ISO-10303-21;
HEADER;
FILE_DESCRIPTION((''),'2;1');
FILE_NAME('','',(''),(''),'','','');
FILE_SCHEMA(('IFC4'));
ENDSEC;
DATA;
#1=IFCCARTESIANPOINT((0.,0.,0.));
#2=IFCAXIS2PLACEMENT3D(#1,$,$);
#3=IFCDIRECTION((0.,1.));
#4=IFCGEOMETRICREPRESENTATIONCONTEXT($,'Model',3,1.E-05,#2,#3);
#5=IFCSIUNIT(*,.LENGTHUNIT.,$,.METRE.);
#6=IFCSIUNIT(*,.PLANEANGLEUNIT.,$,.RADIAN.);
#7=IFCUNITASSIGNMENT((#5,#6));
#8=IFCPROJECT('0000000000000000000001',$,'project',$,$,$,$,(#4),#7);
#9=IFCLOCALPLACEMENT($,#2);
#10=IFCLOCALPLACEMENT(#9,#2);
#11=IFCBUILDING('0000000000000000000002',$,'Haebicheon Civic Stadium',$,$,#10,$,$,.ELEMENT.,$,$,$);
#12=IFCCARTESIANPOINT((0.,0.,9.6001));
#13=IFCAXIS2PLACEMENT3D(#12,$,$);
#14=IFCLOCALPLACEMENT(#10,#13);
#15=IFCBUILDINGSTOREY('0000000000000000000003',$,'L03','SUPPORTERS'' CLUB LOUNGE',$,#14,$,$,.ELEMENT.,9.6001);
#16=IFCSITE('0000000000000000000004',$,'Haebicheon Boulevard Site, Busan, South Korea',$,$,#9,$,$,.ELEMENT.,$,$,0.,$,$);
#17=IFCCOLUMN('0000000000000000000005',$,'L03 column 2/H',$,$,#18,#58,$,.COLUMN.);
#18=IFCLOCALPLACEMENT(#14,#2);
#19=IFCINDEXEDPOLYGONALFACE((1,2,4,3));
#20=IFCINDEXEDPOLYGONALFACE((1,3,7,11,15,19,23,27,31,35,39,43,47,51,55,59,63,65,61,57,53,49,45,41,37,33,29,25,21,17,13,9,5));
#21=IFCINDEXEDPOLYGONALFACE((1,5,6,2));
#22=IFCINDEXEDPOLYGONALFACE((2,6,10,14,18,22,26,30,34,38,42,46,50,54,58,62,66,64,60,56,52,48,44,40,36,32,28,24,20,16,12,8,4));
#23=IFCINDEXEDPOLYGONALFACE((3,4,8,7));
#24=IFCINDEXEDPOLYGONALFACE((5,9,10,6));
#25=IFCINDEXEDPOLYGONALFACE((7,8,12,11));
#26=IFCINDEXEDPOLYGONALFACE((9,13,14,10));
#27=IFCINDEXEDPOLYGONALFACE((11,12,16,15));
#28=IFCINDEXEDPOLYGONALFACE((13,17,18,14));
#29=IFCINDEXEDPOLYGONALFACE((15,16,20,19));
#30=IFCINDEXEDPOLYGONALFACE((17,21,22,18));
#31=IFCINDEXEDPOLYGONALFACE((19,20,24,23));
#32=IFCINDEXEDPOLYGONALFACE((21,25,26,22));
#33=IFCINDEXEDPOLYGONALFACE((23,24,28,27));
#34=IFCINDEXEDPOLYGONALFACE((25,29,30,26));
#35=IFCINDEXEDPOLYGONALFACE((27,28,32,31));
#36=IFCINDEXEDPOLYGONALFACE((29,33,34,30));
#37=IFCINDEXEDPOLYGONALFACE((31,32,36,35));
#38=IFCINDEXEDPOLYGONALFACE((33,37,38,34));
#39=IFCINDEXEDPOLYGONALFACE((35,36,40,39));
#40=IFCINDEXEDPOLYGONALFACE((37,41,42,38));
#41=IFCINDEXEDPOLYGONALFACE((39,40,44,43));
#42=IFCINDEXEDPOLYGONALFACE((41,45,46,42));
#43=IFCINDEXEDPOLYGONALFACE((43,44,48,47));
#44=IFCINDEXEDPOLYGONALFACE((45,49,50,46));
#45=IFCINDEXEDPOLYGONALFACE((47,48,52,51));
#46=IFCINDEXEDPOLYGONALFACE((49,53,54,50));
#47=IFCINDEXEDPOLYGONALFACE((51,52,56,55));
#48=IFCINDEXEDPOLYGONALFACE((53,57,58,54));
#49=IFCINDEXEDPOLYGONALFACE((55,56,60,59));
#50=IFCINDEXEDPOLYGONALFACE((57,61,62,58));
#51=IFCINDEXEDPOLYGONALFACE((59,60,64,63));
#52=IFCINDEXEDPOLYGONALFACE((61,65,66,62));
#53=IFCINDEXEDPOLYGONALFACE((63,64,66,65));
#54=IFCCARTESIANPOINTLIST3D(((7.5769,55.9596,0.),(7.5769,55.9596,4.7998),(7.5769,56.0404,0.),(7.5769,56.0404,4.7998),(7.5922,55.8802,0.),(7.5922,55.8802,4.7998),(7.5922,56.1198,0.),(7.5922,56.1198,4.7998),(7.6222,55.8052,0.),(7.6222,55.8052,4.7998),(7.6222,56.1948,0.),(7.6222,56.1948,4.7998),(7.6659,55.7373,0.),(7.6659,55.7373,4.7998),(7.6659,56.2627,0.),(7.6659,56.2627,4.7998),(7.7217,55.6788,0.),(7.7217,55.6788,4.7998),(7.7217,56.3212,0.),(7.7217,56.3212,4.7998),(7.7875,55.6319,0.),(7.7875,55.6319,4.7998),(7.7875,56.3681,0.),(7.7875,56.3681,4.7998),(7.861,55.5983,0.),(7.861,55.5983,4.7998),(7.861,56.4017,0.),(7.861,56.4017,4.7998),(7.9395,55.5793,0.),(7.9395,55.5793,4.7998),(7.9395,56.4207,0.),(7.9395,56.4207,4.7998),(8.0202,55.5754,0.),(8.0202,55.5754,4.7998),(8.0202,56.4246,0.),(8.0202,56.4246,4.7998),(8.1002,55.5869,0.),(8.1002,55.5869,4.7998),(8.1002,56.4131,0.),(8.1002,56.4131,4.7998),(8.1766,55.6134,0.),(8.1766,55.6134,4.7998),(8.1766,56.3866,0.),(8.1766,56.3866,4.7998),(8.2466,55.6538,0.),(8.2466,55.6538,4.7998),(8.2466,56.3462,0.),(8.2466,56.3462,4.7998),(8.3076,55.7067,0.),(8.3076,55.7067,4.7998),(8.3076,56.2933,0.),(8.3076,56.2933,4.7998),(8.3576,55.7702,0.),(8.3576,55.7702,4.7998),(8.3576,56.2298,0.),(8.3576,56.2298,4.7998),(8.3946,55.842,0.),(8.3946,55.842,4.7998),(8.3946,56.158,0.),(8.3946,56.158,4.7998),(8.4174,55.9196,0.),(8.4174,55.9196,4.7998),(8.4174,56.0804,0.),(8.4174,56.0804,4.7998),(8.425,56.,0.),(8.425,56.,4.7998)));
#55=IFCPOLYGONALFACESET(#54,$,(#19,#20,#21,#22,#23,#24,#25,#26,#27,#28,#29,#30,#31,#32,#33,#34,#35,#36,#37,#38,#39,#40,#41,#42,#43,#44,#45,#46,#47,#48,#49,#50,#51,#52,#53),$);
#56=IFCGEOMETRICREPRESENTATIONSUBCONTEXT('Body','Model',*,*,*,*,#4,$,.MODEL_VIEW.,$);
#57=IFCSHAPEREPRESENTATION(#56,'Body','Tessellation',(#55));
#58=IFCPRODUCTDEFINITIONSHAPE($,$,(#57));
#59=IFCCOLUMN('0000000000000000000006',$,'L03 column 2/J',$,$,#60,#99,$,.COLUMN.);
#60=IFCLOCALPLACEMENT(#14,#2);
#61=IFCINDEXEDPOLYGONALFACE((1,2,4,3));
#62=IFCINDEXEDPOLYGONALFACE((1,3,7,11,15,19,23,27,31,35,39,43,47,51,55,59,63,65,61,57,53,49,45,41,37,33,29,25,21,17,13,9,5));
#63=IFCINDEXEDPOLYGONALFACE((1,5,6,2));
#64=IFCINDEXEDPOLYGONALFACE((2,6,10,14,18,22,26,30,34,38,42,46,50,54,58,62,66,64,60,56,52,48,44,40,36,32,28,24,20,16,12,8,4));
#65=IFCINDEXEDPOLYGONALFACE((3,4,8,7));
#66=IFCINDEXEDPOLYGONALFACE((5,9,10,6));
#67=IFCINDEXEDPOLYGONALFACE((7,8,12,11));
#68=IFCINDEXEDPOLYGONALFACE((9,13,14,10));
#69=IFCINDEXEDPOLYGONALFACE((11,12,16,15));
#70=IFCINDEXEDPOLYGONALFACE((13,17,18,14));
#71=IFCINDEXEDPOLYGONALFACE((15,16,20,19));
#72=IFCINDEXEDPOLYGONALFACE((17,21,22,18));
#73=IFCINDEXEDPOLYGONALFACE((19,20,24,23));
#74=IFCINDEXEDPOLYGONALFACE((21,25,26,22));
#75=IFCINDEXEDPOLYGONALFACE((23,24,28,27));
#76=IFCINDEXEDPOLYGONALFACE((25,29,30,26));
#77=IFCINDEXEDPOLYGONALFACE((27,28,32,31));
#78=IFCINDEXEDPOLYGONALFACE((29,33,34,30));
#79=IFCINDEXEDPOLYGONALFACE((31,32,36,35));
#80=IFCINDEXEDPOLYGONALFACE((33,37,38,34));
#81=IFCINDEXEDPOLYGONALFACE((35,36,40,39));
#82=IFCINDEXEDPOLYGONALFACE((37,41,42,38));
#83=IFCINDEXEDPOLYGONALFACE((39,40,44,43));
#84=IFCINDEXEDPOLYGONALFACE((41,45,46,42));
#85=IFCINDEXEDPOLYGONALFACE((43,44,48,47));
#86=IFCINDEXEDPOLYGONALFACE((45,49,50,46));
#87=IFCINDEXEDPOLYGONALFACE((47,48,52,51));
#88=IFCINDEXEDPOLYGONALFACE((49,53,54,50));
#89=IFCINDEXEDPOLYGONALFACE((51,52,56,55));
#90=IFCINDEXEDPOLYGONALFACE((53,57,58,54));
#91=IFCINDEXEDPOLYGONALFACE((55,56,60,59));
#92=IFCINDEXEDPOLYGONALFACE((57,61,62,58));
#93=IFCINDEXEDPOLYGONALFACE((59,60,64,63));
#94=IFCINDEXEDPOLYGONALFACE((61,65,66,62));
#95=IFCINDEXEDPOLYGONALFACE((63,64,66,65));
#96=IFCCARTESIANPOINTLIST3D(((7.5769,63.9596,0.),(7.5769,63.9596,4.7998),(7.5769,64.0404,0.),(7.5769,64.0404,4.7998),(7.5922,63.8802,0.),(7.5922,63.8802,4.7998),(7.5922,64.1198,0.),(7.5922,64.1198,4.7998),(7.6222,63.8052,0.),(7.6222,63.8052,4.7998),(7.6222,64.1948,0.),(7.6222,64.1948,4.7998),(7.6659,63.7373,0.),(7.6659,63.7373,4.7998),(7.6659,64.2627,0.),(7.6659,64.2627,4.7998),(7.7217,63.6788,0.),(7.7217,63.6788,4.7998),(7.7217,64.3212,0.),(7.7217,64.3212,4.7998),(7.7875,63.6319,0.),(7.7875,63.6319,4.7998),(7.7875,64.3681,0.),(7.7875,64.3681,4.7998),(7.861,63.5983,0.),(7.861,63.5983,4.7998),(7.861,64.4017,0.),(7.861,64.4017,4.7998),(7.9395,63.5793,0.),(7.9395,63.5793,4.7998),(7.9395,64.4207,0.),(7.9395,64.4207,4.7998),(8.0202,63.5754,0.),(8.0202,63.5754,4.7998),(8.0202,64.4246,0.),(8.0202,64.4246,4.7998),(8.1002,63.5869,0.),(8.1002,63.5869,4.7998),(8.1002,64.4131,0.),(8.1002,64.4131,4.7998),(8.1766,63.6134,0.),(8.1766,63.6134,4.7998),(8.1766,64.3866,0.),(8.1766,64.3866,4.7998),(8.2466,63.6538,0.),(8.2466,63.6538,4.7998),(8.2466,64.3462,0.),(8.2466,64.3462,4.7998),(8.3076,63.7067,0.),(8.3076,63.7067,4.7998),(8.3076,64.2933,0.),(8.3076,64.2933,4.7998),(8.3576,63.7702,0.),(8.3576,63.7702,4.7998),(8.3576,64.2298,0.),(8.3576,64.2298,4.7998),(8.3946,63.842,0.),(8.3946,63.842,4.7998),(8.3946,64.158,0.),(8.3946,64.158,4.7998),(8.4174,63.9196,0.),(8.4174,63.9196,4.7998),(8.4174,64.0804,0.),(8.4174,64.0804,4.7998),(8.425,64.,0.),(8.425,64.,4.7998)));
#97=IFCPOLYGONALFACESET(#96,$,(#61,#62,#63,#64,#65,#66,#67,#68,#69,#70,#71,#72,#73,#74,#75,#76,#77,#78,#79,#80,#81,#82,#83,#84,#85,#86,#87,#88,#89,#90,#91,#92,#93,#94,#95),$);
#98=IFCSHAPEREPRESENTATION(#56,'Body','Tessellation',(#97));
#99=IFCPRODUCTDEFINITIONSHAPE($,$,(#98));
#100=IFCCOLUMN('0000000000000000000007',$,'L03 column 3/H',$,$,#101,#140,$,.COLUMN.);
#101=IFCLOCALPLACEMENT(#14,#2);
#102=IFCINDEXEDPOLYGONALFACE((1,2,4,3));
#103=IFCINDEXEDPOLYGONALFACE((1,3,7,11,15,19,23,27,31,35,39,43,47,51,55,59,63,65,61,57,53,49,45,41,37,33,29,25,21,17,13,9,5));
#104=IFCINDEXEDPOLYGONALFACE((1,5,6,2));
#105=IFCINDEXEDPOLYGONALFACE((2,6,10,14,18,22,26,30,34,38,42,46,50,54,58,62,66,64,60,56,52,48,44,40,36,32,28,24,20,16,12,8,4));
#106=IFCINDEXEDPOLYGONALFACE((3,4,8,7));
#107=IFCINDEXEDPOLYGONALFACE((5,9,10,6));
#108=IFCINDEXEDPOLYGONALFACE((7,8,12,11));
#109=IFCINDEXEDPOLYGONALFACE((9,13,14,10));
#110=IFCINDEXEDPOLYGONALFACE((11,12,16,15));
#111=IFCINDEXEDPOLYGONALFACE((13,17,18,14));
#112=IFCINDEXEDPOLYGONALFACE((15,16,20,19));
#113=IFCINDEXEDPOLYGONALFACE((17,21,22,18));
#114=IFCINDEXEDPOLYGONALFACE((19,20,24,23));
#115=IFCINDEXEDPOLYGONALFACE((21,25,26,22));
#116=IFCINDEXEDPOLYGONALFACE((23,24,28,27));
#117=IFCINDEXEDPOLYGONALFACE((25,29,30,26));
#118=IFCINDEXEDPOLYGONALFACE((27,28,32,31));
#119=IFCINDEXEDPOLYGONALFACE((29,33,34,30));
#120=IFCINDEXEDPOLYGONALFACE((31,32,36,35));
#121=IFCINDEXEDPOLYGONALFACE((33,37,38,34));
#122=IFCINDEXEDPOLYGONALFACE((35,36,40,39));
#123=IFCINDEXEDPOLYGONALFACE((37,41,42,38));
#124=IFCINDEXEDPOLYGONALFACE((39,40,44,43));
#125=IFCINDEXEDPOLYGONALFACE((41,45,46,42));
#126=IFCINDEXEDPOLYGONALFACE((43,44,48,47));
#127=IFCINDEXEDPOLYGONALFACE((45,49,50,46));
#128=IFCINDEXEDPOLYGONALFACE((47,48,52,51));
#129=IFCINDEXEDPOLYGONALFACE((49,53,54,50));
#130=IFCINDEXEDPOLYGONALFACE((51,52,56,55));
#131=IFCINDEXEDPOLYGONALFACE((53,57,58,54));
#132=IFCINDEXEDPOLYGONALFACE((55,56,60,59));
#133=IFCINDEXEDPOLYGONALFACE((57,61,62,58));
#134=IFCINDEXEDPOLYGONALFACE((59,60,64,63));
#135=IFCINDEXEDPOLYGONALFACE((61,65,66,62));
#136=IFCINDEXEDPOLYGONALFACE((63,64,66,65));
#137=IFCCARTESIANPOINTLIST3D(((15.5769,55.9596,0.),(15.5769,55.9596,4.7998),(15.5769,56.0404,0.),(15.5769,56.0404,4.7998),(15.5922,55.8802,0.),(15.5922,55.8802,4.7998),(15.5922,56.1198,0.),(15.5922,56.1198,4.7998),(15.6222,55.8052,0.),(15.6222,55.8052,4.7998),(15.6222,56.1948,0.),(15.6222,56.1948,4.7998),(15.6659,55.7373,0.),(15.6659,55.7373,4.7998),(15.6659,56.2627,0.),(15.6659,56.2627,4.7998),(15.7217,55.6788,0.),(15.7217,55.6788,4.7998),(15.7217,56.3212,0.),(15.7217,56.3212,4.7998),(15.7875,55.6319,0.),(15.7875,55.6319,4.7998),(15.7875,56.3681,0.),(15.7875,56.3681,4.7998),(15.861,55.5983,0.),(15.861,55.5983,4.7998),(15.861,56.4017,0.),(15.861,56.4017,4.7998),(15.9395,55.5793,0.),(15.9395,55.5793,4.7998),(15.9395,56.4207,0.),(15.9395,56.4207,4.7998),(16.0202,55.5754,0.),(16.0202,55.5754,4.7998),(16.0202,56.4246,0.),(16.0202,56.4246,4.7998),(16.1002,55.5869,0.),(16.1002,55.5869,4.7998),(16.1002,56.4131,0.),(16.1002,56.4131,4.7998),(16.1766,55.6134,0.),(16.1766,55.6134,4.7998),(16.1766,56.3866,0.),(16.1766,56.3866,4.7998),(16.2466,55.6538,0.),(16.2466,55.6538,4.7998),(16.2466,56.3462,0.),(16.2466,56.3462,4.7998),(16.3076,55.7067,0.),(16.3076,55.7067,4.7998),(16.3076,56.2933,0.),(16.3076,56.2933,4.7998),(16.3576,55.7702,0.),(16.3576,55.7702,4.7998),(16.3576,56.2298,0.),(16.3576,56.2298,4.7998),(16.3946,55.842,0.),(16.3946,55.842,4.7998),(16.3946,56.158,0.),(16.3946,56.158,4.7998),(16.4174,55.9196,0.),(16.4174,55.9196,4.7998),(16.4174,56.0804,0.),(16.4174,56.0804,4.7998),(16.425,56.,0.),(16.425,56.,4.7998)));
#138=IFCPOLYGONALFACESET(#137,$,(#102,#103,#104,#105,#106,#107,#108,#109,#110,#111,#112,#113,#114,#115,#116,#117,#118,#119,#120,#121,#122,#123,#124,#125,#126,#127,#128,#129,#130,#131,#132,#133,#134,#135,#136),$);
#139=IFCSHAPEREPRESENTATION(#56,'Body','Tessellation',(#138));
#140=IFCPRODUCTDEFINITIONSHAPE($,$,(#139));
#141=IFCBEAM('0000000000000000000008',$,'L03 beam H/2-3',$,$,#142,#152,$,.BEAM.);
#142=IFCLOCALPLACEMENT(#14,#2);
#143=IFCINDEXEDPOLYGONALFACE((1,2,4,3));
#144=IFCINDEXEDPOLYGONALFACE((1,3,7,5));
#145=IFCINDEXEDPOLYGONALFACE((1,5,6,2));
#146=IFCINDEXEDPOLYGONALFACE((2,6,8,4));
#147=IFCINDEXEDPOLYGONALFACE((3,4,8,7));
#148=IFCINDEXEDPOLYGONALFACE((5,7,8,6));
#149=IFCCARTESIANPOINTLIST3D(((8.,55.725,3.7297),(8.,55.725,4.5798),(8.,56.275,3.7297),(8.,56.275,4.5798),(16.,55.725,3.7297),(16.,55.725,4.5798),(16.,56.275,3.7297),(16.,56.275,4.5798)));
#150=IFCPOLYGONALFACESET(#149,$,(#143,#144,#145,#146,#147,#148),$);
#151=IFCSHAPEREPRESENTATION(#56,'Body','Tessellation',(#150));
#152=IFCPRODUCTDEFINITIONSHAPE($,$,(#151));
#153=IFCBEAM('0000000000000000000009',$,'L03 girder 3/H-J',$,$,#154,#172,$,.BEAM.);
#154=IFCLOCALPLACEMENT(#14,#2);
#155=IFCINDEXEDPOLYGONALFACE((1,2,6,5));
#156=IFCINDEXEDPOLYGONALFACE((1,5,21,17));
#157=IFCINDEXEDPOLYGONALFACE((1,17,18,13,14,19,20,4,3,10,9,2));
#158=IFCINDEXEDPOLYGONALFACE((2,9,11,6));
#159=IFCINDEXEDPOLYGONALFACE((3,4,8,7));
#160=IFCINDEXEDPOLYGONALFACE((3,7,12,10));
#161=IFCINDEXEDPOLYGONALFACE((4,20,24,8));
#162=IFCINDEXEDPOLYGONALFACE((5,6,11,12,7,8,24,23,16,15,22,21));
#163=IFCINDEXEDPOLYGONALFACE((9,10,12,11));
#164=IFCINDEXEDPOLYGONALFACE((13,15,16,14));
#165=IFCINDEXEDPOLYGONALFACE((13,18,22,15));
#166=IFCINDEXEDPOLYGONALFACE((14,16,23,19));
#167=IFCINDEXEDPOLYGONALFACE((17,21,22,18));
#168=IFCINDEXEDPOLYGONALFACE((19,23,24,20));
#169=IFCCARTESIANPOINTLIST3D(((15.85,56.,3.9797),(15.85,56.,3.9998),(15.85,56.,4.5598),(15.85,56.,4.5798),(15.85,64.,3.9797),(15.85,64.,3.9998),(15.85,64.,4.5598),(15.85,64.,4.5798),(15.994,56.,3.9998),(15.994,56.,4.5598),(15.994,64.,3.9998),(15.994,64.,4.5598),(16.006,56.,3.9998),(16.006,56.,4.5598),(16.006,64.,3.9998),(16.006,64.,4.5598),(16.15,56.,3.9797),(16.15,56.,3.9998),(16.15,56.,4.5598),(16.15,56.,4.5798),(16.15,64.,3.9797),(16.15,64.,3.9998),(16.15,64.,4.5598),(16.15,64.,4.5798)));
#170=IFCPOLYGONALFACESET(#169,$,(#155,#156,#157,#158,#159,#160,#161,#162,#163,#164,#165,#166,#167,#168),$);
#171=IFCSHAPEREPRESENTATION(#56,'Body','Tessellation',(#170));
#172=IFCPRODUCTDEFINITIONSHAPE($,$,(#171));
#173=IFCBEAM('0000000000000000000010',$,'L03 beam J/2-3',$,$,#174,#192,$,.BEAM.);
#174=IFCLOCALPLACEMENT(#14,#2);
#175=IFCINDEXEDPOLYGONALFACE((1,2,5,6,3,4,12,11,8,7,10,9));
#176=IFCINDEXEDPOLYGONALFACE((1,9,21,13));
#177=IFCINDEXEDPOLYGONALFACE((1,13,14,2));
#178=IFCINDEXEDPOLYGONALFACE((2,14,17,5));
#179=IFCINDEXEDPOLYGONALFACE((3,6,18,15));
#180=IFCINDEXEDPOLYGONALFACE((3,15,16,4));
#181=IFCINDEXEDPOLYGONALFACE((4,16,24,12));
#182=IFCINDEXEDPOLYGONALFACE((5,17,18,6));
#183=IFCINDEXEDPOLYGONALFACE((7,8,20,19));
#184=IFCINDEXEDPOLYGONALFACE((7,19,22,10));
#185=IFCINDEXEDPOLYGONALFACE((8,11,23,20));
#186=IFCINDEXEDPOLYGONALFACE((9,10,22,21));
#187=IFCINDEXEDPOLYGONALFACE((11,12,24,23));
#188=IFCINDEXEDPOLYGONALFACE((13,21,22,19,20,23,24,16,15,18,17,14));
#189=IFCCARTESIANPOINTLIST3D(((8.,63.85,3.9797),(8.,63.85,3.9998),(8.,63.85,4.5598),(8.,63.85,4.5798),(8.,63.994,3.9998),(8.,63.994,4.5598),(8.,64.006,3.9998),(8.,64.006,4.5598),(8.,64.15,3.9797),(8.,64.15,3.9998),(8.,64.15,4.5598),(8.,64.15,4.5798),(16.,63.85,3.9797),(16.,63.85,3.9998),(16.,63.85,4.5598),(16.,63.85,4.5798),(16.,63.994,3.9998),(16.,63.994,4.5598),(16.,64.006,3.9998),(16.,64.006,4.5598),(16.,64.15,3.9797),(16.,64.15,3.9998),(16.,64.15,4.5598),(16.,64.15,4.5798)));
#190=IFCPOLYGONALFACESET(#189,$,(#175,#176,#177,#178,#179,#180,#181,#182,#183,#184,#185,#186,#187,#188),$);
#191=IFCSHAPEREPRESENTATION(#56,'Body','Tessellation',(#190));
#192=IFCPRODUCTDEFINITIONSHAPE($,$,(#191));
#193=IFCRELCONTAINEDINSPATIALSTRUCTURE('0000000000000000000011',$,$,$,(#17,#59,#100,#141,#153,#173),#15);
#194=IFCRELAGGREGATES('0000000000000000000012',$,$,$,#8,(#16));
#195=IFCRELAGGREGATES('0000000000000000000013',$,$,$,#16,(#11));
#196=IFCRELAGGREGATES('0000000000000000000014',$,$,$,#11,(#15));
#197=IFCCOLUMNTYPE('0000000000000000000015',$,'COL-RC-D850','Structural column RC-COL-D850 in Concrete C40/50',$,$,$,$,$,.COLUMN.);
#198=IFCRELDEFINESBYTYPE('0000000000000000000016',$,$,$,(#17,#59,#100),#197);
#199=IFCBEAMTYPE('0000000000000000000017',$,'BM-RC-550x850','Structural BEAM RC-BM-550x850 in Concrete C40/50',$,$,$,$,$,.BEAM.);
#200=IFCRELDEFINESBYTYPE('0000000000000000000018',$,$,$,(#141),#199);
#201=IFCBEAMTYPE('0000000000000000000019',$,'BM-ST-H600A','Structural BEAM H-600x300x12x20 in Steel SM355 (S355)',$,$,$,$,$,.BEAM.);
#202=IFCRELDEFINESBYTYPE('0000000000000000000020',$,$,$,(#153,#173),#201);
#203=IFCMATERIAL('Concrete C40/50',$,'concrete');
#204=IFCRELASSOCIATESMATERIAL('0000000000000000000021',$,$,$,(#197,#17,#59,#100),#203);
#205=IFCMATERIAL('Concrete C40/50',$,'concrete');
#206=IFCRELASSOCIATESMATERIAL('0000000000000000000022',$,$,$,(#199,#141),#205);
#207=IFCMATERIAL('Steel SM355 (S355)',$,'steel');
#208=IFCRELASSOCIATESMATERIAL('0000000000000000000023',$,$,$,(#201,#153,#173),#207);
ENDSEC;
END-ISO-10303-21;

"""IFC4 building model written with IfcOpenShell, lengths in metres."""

from ifc_helpers import new_model, si_unit, direction, frame, origin, origin_2d, place, context, subcontext, project, spatial, rectangle, circle, i_section, extrude, material, material_profile, profile_set, type_object, element, save


model = new_model("IFC4")

# Units and contexts
model_context = context("Model", 3, precision=1e-05, world=origin(), true_north=direction((0.0, 1.0)))
body_context = subcontext(model_context, "Body", "Model", "MODEL_VIEW")
ifc_project = project(units=[si_unit("LENGTHUNIT", "METRE"), si_unit("PLANEANGLEUNIT", "RADIAN")], contexts=[model_context])

# Site, building, storey
site_placement = place(None, origin())
site = spatial("IfcSite", under=ifc_project, at=site_placement, Name="Haebicheon Boulevard Site, Busan, South Korea", CompositionType="ELEMENT", RefElevation=0.0)
building_placement = place(site_placement, origin())
building = spatial("IfcBuilding", under=site, at=building_placement, Name="Haebicheon Civic Stadium", CompositionType="ELEMENT")
storey_placement = place(building_placement, frame((0.0, 0.0, 9.6001)))
storey = spatial("IfcBuildingStorey", under=building, at=storey_placement, Name="L03", Description="SUPPORTERS' CLUB LOUNGE", CompositionType="ELEMENT", Elevation=9.6001)

# Columns
ifc_material_1 = material(Name="Concrete C40/50", Category="concrete")
ifc_material_profile_1 = material_profile(ifc_material_1, circle(Radius=0.425, at=origin_2d()), Name="RC-COL-D850")
ifc_profile_set_1 = profile_set([ifc_material_profile_1], Name="Concrete C40/50")
column_type = type_object("IfcColumnType", Name="COL-RC-D850", Description="Structural column RC-COL-D850 in Concrete C40/50", PredefinedType="COLUMN", material=ifc_profile_set_1)
for number, where, z_axis, x_axis, name in (
    (1, (8.0, 56.0, 0.0), (0.0, 0.0, 1.0), (1.0, 0.0, 0.0), "L03 column 2/H"),
    (2, (8.0, 64.0, 0.0), (0.0, 0.0, 1.0), (1.0, 0.0, 0.0), "L03 column 2/J"),
    (3, (16.0, 56.0, 0.0), (0.0, 0.0, 1.0), (1.0, 0.0, 0.0), "L03 column 3/H"),
):
    element("IfcColumn", number, at=place(storey_placement, frame(where, z_axis=z_axis, x_axis=x_axis)), inside=storey, type_object=column_type, material=ifc_profile_set_1, Name=name, PredefinedType="COLUMN", context=body_context, shape_type="SweptSolid", body=[
        extrude(circle(Radius=0.425, at=origin_2d()), origin(), (0.0, 0.0, 1.0), 4.7998),
    ])

# Beams
ifc_material_2 = material(Name="Concrete C40/50", Category="concrete")
ifc_material_profile_2 = material_profile(ifc_material_2, rectangle(XDim=0.55, YDim=0.8501, at=origin_2d()), Name="RC-BM-550x850")
ifc_profile_set_2 = profile_set([ifc_material_profile_2], Name="Concrete C40/50")
beam_type_1 = type_object("IfcBeamType", Name="BM-RC-550x850", Description="Structural BEAM RC-BM-550x850 in Concrete C40/50", PredefinedType="BEAM", material=ifc_profile_set_2)
beam_placement = place(storey_placement, frame((8.0, 56.0, 4.1548), z_axis=(1.0, 0.0, 0.0), x_axis=(0.0, 1.0, 0.0)))
element("IfcBeam", 4, at=beam_placement, inside=storey, type_object=beam_type_1, material=ifc_profile_set_2, Name="L03 beam H/2-3", PredefinedType="BEAM", context=body_context, shape_type="SweptSolid", body=[
    extrude(rectangle(XDim=0.55, YDim=0.8501, at=origin_2d()), origin(), (0.0, 0.0, 1.0), 8.0),
])
ifc_material_3 = material(Name="Steel SM355 (S355)", Category="steel")
ifc_material_profile_3 = material_profile(ifc_material_3, i_section(OverallWidth=0.3, OverallDepth=0.6001, WebThickness=0.012, FlangeThickness=0.02, at=origin_2d()), Name="H-600x300x12x20")
ifc_profile_set_3 = profile_set([ifc_material_profile_3], Name="Steel SM355 (S355)")
beam_type_2 = type_object("IfcBeamType", Name="BM-ST-H600A", Description="Structural BEAM H-600x300x12x20 in Steel SM355 (S355)", PredefinedType="BEAM", material=ifc_profile_set_3)
for number, where, z_axis, x_axis, name in (
    (5, (16.0, 56.0, 4.2798), (0.0, 1.0, 0.0), (-1.0, 0.0, 0.0), "L03 girder 3/H-J"),
    (6, (8.0, 64.0, 4.2798), (1.0, 0.0, 0.0), (0.0, 1.0, 0.0), "L03 beam J/2-3"),
):
    element("IfcBeam", number, at=place(storey_placement, frame(where, z_axis=z_axis, x_axis=x_axis)), inside=storey, type_object=beam_type_2, material=ifc_profile_set_3, Name=name, PredefinedType="BEAM", context=body_context, shape_type="SweptSolid", body=[
        extrude(i_section(OverallWidth=0.3, OverallDepth=0.6001, WebThickness=0.012, FlangeThickness=0.02, at=origin_2d()), origin(), (0.0, 0.0, 1.0), 8.0),
    ])

save(model, "model.ifc")
